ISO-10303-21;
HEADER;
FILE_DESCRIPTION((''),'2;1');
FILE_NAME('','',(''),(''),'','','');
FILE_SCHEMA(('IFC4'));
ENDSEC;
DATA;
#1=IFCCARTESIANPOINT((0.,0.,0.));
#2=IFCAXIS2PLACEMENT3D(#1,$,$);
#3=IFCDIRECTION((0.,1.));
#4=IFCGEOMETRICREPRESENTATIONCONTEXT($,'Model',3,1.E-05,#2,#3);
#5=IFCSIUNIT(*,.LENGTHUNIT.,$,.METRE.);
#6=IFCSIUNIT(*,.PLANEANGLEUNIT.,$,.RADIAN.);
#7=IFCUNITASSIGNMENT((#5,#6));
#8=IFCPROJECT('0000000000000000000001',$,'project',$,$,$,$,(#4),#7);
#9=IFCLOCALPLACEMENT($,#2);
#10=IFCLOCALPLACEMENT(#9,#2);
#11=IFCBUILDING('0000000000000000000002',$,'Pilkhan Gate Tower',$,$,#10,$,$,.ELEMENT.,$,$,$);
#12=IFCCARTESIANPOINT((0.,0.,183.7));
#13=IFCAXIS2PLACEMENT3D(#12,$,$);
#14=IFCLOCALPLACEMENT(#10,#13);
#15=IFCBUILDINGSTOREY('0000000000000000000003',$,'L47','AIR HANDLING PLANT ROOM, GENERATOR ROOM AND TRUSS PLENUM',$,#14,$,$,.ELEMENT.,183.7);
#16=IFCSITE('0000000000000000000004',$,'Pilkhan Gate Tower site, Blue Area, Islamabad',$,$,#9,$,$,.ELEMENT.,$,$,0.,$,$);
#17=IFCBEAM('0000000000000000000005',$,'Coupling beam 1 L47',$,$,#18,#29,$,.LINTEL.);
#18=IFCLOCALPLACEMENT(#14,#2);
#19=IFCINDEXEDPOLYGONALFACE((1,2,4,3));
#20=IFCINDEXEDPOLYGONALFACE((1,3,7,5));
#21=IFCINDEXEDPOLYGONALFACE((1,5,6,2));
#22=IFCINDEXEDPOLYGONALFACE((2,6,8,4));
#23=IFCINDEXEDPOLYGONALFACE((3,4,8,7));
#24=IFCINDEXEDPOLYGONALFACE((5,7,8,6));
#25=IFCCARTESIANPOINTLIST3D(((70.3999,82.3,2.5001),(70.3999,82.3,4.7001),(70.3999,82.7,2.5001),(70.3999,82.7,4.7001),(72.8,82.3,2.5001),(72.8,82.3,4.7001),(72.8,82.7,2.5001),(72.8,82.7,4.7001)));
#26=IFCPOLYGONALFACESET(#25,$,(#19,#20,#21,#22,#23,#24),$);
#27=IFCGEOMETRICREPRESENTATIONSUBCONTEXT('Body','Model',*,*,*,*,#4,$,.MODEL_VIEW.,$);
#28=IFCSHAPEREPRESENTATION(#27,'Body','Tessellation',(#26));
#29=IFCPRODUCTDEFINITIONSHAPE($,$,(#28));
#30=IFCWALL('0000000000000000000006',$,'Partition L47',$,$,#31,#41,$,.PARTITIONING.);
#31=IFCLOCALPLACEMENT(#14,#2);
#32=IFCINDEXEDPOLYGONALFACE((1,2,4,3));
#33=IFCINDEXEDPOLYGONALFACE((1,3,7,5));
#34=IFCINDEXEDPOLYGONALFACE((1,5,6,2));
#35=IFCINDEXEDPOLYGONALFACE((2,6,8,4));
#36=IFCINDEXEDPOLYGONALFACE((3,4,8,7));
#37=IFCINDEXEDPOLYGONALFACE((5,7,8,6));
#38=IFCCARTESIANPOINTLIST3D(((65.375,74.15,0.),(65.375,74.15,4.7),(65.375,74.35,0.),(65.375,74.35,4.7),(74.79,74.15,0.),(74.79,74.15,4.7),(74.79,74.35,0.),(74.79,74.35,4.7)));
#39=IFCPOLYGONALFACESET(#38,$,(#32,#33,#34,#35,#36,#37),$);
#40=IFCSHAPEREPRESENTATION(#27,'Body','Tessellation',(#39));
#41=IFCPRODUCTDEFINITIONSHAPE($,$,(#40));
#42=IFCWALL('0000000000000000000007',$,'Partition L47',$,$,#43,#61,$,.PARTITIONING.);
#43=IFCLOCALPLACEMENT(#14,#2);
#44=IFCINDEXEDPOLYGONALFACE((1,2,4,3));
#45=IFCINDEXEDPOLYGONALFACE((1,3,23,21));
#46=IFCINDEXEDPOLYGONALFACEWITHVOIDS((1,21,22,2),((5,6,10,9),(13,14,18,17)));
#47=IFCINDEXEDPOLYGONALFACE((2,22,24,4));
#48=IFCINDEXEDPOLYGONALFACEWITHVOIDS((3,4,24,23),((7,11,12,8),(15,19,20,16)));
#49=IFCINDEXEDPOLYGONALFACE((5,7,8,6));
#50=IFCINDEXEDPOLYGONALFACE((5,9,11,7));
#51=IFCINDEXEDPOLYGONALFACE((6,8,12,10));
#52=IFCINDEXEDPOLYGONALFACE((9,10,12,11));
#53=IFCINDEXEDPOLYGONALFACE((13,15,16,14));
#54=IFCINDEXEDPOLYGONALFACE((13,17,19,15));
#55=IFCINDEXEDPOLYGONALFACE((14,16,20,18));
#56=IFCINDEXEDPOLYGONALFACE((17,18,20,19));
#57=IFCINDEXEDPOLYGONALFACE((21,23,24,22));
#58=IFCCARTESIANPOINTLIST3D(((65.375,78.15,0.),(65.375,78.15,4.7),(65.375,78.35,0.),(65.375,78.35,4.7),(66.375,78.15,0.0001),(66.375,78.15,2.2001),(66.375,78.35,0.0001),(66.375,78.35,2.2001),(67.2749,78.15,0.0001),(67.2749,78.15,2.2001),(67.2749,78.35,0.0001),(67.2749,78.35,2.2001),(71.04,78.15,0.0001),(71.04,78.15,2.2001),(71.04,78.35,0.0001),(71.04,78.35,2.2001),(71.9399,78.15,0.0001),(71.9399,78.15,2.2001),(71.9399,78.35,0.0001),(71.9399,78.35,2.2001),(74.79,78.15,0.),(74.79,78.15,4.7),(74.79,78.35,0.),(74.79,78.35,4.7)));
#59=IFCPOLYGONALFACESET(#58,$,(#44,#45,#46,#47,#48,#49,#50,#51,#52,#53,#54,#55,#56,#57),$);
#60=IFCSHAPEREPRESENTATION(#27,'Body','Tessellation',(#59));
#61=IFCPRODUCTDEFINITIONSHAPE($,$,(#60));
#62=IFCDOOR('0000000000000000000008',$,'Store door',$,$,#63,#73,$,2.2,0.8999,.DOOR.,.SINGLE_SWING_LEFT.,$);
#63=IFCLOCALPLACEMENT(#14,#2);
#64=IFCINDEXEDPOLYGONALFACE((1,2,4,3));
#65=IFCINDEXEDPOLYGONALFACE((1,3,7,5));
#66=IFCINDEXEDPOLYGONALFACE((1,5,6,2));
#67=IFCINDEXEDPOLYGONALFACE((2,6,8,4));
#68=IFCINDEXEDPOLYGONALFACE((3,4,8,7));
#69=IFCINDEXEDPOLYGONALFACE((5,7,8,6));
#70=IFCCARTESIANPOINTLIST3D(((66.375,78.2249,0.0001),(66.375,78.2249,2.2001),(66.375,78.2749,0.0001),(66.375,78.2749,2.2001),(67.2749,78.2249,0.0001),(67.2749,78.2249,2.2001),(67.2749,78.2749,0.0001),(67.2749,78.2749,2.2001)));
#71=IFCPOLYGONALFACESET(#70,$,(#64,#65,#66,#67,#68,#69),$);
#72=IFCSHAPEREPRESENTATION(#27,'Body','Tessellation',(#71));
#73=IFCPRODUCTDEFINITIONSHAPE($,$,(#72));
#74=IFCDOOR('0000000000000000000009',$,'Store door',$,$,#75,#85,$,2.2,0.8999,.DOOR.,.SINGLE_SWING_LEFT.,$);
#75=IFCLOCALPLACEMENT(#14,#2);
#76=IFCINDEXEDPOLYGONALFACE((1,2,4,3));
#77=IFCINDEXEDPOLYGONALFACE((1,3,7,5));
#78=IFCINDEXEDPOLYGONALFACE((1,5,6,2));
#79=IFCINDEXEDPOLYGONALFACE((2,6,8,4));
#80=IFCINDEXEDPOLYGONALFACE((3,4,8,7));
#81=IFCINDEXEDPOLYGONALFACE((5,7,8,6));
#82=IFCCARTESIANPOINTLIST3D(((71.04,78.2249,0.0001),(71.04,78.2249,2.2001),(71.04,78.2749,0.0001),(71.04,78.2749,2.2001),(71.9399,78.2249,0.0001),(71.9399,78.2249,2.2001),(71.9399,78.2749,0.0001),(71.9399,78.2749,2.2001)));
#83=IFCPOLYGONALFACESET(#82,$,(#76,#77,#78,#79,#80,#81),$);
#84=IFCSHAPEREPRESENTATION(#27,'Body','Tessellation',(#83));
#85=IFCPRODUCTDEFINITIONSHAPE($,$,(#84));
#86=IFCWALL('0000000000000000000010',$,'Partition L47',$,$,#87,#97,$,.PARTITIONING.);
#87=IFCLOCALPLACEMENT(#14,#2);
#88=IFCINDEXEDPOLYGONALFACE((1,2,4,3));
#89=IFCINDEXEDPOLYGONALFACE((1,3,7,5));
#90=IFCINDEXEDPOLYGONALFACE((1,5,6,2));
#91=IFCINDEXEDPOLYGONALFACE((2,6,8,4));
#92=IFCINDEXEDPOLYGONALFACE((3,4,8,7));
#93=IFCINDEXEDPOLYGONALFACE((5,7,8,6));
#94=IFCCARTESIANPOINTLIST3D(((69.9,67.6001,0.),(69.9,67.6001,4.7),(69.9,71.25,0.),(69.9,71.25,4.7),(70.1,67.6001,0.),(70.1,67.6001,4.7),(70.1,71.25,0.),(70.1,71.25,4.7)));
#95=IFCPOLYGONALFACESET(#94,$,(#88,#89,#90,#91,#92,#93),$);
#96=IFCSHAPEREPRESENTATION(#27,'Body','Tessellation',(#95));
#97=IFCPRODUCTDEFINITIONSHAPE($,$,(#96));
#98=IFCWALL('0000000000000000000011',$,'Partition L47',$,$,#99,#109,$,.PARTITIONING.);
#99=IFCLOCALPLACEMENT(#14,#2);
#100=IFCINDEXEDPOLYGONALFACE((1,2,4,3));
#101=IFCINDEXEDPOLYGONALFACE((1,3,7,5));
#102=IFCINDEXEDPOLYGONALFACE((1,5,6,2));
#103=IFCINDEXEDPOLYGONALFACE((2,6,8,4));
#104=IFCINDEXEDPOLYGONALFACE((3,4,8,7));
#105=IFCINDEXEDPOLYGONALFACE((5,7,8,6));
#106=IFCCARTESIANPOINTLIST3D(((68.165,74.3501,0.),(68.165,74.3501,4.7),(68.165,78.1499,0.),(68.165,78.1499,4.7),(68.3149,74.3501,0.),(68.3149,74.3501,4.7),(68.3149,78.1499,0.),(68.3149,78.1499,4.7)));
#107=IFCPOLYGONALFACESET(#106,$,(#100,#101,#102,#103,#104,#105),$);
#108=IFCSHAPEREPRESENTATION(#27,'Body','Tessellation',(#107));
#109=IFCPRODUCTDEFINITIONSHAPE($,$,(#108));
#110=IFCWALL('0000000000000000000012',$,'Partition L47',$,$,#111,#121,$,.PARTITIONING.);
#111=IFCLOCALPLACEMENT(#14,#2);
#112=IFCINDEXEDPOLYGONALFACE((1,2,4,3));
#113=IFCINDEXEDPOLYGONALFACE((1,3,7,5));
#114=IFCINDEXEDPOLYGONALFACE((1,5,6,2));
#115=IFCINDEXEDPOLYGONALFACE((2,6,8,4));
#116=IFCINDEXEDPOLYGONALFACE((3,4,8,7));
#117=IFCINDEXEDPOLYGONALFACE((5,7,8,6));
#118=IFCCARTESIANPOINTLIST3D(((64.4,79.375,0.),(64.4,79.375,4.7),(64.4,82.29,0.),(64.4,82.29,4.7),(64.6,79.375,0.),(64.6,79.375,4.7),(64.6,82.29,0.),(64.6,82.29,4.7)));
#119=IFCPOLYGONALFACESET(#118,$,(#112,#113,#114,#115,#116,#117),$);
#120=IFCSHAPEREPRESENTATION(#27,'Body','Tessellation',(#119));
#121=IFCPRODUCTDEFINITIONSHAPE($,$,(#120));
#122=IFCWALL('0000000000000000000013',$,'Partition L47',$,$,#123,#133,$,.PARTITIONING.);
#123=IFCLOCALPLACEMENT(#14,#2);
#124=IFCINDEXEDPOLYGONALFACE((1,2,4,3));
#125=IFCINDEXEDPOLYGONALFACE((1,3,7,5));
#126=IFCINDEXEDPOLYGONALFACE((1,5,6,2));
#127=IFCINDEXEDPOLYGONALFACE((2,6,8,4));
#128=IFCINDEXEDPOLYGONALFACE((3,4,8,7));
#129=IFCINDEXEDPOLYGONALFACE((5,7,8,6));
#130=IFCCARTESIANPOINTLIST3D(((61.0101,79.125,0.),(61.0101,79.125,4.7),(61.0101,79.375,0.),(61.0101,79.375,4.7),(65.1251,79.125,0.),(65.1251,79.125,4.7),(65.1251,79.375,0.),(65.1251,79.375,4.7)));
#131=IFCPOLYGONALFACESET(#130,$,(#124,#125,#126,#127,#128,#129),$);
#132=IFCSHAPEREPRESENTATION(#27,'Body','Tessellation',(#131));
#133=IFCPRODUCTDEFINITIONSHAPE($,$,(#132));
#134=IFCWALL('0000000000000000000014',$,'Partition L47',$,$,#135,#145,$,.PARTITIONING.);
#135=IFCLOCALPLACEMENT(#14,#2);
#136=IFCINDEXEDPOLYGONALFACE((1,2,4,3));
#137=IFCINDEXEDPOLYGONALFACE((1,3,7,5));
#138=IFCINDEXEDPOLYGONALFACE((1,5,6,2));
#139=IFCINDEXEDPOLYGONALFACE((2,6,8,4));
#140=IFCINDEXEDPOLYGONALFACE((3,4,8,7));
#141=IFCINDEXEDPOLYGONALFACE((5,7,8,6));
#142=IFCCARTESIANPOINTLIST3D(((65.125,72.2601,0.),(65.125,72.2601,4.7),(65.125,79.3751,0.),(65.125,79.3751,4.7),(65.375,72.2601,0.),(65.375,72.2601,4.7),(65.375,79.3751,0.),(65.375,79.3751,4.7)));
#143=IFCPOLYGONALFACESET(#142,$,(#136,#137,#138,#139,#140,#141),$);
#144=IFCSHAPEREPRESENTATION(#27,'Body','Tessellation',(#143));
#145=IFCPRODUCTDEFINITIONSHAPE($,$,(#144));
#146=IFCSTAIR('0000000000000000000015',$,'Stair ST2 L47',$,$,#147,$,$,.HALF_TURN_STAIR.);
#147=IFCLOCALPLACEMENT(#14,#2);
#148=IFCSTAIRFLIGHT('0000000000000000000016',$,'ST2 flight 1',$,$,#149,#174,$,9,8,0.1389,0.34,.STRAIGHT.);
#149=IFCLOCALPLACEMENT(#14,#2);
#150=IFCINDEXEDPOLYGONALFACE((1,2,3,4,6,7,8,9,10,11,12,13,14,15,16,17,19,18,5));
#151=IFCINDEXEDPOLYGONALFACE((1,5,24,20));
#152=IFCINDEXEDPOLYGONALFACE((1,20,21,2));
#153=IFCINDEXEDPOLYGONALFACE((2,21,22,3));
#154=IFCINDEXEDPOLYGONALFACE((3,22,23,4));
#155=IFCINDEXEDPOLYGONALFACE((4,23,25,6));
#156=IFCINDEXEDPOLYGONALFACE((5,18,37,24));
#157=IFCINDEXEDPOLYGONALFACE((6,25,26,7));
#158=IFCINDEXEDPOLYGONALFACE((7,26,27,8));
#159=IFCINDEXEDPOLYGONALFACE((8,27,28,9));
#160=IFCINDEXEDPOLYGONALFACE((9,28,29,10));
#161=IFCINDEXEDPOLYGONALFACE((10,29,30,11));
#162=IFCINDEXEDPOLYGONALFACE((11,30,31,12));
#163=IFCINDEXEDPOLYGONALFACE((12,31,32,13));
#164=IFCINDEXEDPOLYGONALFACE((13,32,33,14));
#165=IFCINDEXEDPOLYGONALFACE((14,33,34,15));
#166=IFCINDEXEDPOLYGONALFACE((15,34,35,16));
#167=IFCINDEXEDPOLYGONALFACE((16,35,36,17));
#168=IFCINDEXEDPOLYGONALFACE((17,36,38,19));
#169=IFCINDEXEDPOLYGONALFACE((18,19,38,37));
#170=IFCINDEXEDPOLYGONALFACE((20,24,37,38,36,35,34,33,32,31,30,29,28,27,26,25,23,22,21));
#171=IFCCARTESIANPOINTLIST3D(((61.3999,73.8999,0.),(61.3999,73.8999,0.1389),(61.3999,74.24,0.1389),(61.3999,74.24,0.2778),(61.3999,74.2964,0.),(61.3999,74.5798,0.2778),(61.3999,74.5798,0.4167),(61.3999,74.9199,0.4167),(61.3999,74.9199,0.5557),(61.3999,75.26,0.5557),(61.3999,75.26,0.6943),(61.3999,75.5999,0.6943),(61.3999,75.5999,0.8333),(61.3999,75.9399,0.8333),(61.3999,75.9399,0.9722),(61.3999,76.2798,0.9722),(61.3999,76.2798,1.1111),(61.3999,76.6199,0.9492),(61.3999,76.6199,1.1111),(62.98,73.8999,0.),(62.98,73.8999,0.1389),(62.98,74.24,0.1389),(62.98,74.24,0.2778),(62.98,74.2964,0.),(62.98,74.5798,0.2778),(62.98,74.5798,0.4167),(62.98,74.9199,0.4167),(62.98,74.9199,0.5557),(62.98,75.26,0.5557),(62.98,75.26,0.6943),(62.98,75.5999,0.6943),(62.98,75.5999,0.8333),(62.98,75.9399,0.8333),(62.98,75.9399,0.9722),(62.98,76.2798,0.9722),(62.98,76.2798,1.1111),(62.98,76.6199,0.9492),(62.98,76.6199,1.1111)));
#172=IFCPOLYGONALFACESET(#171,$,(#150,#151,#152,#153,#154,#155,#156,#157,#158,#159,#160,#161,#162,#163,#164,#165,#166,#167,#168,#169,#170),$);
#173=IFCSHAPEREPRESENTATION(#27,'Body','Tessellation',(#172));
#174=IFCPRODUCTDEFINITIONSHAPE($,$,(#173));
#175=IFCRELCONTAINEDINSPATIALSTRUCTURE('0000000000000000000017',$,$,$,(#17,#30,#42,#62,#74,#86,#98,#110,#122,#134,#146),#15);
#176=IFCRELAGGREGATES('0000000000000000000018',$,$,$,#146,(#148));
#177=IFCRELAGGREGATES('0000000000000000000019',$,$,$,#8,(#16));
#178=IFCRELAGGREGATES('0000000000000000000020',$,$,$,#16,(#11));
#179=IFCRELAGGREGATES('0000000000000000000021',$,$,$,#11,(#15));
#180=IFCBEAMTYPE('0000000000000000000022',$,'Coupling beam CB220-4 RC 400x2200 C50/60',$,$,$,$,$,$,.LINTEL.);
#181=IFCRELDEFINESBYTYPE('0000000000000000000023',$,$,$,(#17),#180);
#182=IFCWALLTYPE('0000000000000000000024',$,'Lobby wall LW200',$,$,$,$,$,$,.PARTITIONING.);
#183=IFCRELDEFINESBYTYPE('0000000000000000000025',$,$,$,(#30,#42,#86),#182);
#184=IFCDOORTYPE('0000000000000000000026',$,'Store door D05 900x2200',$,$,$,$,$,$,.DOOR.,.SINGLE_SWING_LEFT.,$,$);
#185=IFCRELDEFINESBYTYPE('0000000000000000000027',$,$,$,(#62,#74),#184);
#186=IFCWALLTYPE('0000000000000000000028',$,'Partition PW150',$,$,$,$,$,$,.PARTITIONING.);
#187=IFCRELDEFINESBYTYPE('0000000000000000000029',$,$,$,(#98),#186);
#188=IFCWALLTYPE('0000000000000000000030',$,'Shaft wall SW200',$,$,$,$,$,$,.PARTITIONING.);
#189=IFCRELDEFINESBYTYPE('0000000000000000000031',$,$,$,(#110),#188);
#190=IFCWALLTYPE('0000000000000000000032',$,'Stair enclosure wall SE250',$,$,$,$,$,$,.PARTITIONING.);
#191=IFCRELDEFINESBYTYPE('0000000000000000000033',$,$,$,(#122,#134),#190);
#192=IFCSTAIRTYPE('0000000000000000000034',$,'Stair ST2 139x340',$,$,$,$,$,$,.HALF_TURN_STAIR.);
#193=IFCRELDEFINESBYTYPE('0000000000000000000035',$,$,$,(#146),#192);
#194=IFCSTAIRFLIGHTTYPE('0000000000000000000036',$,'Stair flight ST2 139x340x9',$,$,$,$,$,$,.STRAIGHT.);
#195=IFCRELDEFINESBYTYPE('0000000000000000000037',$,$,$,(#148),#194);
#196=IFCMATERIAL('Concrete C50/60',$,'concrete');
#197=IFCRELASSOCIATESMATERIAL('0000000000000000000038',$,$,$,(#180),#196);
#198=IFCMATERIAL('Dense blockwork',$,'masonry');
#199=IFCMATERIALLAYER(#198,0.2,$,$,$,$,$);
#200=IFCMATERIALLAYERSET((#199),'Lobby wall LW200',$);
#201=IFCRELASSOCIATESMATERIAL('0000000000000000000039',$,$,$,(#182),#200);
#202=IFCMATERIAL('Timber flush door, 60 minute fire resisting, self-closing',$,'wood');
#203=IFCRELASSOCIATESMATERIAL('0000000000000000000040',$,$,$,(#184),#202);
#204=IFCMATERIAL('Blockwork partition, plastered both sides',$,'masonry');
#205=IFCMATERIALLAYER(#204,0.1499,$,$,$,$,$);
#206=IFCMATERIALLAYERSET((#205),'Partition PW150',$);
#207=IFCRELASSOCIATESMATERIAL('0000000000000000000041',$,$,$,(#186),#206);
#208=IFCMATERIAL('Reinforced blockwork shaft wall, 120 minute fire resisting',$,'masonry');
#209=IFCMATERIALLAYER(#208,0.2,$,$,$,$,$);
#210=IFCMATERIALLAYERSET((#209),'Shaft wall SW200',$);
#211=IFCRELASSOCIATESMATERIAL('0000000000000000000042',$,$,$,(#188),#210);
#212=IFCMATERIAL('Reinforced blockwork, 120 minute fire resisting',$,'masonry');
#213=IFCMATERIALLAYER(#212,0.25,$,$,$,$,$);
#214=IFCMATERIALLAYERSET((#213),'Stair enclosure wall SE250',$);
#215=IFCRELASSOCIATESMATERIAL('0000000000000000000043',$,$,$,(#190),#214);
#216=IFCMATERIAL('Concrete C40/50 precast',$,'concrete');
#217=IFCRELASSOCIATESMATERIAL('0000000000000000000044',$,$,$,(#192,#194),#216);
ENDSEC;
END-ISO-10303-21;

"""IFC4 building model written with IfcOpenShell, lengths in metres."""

from ifc_helpers import new_model, si_unit, direction, frame, frame_2d, origin, origin_2d, place, context, subcontext, project, spatial, polyline, rectangle, outline, extrude, material, layer, layer_set, material_profile, profile_set, type_object, element, fill, aggregate, save


model = new_model("IFC4")

# Units and contexts
model_context = context("Model", 3, precision=1e-05, world=origin(), true_north=direction((0.0, 1.0)))
body_context = subcontext(model_context, "Body", "Model", "MODEL_VIEW")
ifc_project = project(units=[si_unit("LENGTHUNIT", "METRE"), si_unit("PLANEANGLEUNIT", "RADIAN")], contexts=[model_context])

# Site, building, storey
site_placement = place(None, origin())
site = spatial("IfcSite", under=ifc_project, at=site_placement, Name="Pilkhan Gate Tower site, Blue Area, Islamabad", CompositionType="ELEMENT", RefElevation=0.0)
building_placement = place(site_placement, origin())
building = spatial("IfcBuilding", under=site, at=building_placement, Name="Pilkhan Gate Tower", CompositionType="ELEMENT")
storey_placement = place(building_placement, frame((0.0, 0.0, 183.7)))
storey = spatial("IfcBuildingStorey", under=building, at=storey_placement, Name="L47", Description="AIR HANDLING PLANT ROOM, GENERATOR ROOM AND TRUSS PLENUM", CompositionType="ELEMENT", Elevation=183.7)

# Beam
ifc_material_1 = material(Name="Concrete C50/60", Category="concrete")
ifc_material_profile = material_profile(ifc_material_1, rectangle(XDim=0.3999, YDim=2.2, at=origin_2d()), Name="RC 400x2200")
ifc_profile_set = profile_set([ifc_material_profile], Name="Concrete C50/60")
beam_type = type_object("IfcBeamType", Name="Coupling beam CB220-4 RC 400x2200 C50/60", PredefinedType="LINTEL", material=ifc_profile_set)
beam_placement = place(storey_placement, frame((70.3999, 82.5, 3.6001), z_axis=(1.0, 0.0, 0.0), x_axis=(0.0, 1.0, 0.0)))
element("IfcBeam", 1, at=beam_placement, inside=storey, type_object=beam_type, Name="Coupling beam 1 L47", PredefinedType="LINTEL", context=body_context, shape_type="SweptSolid", body=[
    extrude(rectangle(XDim=0.3999, YDim=2.2, at=origin_2d()), origin(), (0.0, 0.0, 1.0), 2.4001),
])

# Wall
ifc_material_2 = material(Name="Dense blockwork", Category="masonry")
ifc_layer_1 = layer(ifc_material_2, 0.2)
ifc_layer_set_1 = layer_set([ifc_layer_1], Name="Lobby wall LW200")
wall_type_1 = type_object("IfcWallType", Name="Lobby wall LW200", PredefinedType="PARTITIONING", material=ifc_layer_set_1)
wall_1_placement = place(storey_placement, frame((65.375, 74.25, 0.0), z_axis=(0.0, 0.0, 1.0), x_axis=(1.0, 0.0, 0.0)))
element("IfcWall", 2, at=wall_1_placement, inside=storey, type_object=wall_type_1, Name="Partition L47", PredefinedType="PARTITIONING", context=body_context, shape_type="SweptSolid", body=[
    extrude(rectangle(XDim=9.415, YDim=0.2, at=frame_2d((4.7075, 0.0))), origin(), (0.0, 0.0, 1.0), 4.7),
])

# Wall, openings, doors
wall_2_placement = place(storey_placement, frame((65.375, 78.25, 0.0), z_axis=(0.0, 0.0, 1.0), x_axis=(1.0, 0.0, 0.0)))
wall_2 = element("IfcWall", 3, at=wall_2_placement, inside=storey, type_object=wall_type_1, Name="Partition L47", PredefinedType="PARTITIONING", context=body_context, shape_type="SweptSolid", body=[
    extrude(rectangle(XDim=9.415, YDim=0.2, at=frame_2d((4.7075, 0.0))), origin(), (0.0, 0.0, 1.0), 4.7),
])
opening_1_placement = place(wall_2_placement, frame((1.0, 0.0, 0.0)))
opening_1 = element("IfcOpeningElement", 4, at=opening_1_placement, cuts=wall_2, PredefinedType="OPENING", context=body_context, shape_type="SweptSolid", body=[
    extrude(rectangle(XDim=0.8999, YDim=2.2, at=frame_2d((0.45, 1.1001))), frame((0.0, 0.1099, 0.0), z_axis=(0.0, -1.0, 0.0), x_axis=(1.0, 0.0, 0.0)), (0.0, 0.0, 1.0), 0.22),
])
opening_2_placement = place(wall_2_placement, frame((5.665, 0.0, 0.0)))
opening_2 = element("IfcOpeningElement", 5, at=opening_2_placement, cuts=wall_2, PredefinedType="OPENING", context=body_context, shape_type="SweptSolid", body=[
    extrude(rectangle(XDim=0.8999, YDim=2.2, at=frame_2d((0.45, 1.1001))), frame((0.0, 0.1099, 0.0), z_axis=(0.0, -1.0, 0.0), x_axis=(1.0, 0.0, 0.0)), (0.0, 0.0, 1.0), 0.22),
])
ifc_material_3 = material(Name="Timber flush door, 60 minute fire resisting, self-closing", Category="wood")
door_type = type_object("IfcDoorType", Name="Store door D05 900x2200", OperationType="SINGLE_SWING_LEFT", PredefinedType="DOOR", material=ifc_material_3)
door_1_placement = place(opening_1_placement, origin())
door_1 = element("IfcDoor", 6, at=door_1_placement, inside=storey, type_object=door_type, Name="Store door", OperationType="SINGLE_SWING_LEFT", OverallHeight=2.2, OverallWidth=0.8999, PredefinedType="DOOR", context=body_context, shape_type="SweptSolid", body=[
    extrude(rectangle(XDim=0.8999, YDim=2.2, at=frame_2d((0.45, 1.1001))), frame((0.0, 0.0249, 0.0), z_axis=(0.0, -1.0, 0.0), x_axis=(1.0, 0.0, 0.0)), (0.0, 0.0, 1.0), 0.05),
])
fill(opening_1, door_1)
door_2_placement = place(opening_2_placement, origin())
door_2 = element("IfcDoor", 7, at=door_2_placement, inside=storey, type_object=door_type, Name="Store door", OperationType="SINGLE_SWING_LEFT", OverallHeight=2.2, OverallWidth=0.8999, PredefinedType="DOOR", context=body_context, shape_type="SweptSolid", body=[
    extrude(rectangle(XDim=0.8999, YDim=2.2, at=frame_2d((0.45, 1.1001))), frame((0.0, 0.0249, 0.0), z_axis=(0.0, -1.0, 0.0), x_axis=(1.0, 0.0, 0.0)), (0.0, 0.0, 1.0), 0.05),
])
fill(opening_2, door_2)

# Walls
wall_3_placement = place(storey_placement, frame((70.0, 67.6001, 0.0), z_axis=(0.0, 0.0, 1.0), x_axis=(0.0, 1.0, 0.0)))
element("IfcWall", 8, at=wall_3_placement, inside=storey, type_object=wall_type_1, Name="Partition L47", PredefinedType="PARTITIONING", context=body_context, shape_type="SweptSolid", body=[
    extrude(rectangle(XDim=3.6499, YDim=0.2, at=frame_2d((1.825, 0.0))), origin(), (0.0, 0.0, 1.0), 4.7),
])
ifc_material_4 = material(Name="Blockwork partition, plastered both sides", Category="masonry")
ifc_layer_2 = layer(ifc_material_4, 0.1499)
ifc_layer_set_2 = layer_set([ifc_layer_2], Name="Partition PW150")
wall_type_2 = type_object("IfcWallType", Name="Partition PW150", PredefinedType="PARTITIONING", material=ifc_layer_set_2)
wall_4_placement = place(storey_placement, frame((68.24, 74.3501, 0.0), z_axis=(0.0, 0.0, 1.0), x_axis=(0.0, 1.0, 0.0)))
element("IfcWall", 9, at=wall_4_placement, inside=storey, type_object=wall_type_2, Name="Partition L47", PredefinedType="PARTITIONING", context=body_context, shape_type="SweptSolid", body=[
    extrude(rectangle(XDim=3.7998, YDim=0.1499, at=frame_2d((1.8999, 0.0))), origin(), (0.0, 0.0, 1.0), 4.7),
])
ifc_material_5 = material(Name="Reinforced blockwork shaft wall, 120 minute fire resisting", Category="masonry")
ifc_layer_3 = layer(ifc_material_5, 0.2)
ifc_layer_set_3 = layer_set([ifc_layer_3], Name="Shaft wall SW200")
wall_type_3 = type_object("IfcWallType", Name="Shaft wall SW200", PredefinedType="PARTITIONING", material=ifc_layer_set_3)
wall_5_placement = place(storey_placement, frame((64.5, 79.375, 0.0), z_axis=(0.0, 0.0, 1.0), x_axis=(0.0, 1.0, 0.0)))
element("IfcWall", 10, at=wall_5_placement, inside=storey, type_object=wall_type_3, Name="Partition L47", PredefinedType="PARTITIONING", context=body_context, shape_type="SweptSolid", body=[
    extrude(rectangle(XDim=2.915, YDim=0.2, at=frame_2d((1.4575, 0.0))), origin(), (0.0, 0.0, 1.0), 4.7),
])
ifc_material_6 = material(Name="Reinforced blockwork, 120 minute fire resisting", Category="masonry")
ifc_layer_4 = layer(ifc_material_6, 0.25)
ifc_layer_set_4 = layer_set([ifc_layer_4], Name="Stair enclosure wall SE250")
wall_type_4 = type_object("IfcWallType", Name="Stair enclosure wall SE250", PredefinedType="PARTITIONING", material=ifc_layer_set_4)
wall_6_placement = place(storey_placement, frame((61.01, 79.25, 0.0), z_axis=(0.0, 0.0, 1.0), x_axis=(1.0, 0.0, 0.0)))
element("IfcWall", 11, at=wall_6_placement, inside=storey, type_object=wall_type_4, Name="Partition L47", PredefinedType="PARTITIONING", context=body_context, shape_type="SweptSolid", body=[
    extrude(rectangle(XDim=4.115, YDim=0.25, at=frame_2d((2.0576, 0.0))), origin(), (0.0, 0.0, 1.0), 4.7),
])
wall_7_placement = place(storey_placement, frame((65.25, 72.26, 0.0), z_axis=(0.0, 0.0, 1.0), x_axis=(0.0, 1.0, 0.0)))
element("IfcWall", 12, at=wall_7_placement, inside=storey, type_object=wall_type_4, Name="Partition L47", PredefinedType="PARTITIONING", context=body_context, shape_type="SweptSolid", body=[
    extrude(rectangle(XDim=7.115, YDim=0.25, at=frame_2d((3.5576, 0.0))), origin(), (0.0, 0.0, 1.0), 4.7),
])

# Stair, stair flight
ifc_material_7 = material(Name="Concrete C40/50 precast", Category="concrete")
stair_type = type_object("IfcStairType", Name="Stair ST2 139x340", PredefinedType="HALF_TURN_STAIR", material=ifc_material_7)
stair_placement = place(storey_placement, origin())
stair = element("IfcStair", 13, at=stair_placement, inside=storey, type_object=stair_type, Name="Stair ST2 L47", PredefinedType="HALF_TURN_STAIR")
stair_flight_type = type_object("IfcStairFlightType", Name="Stair flight ST2 139x340x9", PredefinedType="STRAIGHT", material=ifc_material_7)
stair_flight_1_placement = place(storey_placement, frame((62.1899, 73.8999, 0.0), z_axis=(0.0, 0.0, 1.0), x_axis=(0.0, 1.0, 0.0)))
stair_flight_1 = element("IfcStairFlight", 14, at=stair_flight_1_placement, type_object=stair_flight_type, Name="ST2 flight 1", NumberOfRisers=9, NumberOfTreads=8, PredefinedType="STRAIGHT", RiserHeight=0.1389, TreadLength=0.34, context=body_context, shape_type="SweptSolid", body=[
    extrude(outline(polyline([(0.0, 0.0), (0.0, 0.1389), (0.3401, 0.1389), (0.3401, 0.2778), (0.6799, 0.2778), (0.6799, 0.4167), (1.02, 0.4167), (1.02, 0.5557), (1.3601, 0.5557), (1.3601, 0.6943), (1.7, 0.6943), (1.7, 0.8333), (2.04, 0.8333), (2.04, 0.9722), (2.3799, 0.9722), (2.3799, 1.1111), (2.72, 1.1111), (2.72, 1.25), (2.72, 0.9492), (0.3965, 0.0), (0.0, 0.0)])), frame((0.0, 0.79, 0.0), z_axis=(0.0, -1.0, 0.0), x_axis=(1.0, 0.0, 0.0)), (0.0, 0.0, 1.0), 1.5801),
])
aggregate(stair, [stair_flight_1])

save(model, "model.ifc")
